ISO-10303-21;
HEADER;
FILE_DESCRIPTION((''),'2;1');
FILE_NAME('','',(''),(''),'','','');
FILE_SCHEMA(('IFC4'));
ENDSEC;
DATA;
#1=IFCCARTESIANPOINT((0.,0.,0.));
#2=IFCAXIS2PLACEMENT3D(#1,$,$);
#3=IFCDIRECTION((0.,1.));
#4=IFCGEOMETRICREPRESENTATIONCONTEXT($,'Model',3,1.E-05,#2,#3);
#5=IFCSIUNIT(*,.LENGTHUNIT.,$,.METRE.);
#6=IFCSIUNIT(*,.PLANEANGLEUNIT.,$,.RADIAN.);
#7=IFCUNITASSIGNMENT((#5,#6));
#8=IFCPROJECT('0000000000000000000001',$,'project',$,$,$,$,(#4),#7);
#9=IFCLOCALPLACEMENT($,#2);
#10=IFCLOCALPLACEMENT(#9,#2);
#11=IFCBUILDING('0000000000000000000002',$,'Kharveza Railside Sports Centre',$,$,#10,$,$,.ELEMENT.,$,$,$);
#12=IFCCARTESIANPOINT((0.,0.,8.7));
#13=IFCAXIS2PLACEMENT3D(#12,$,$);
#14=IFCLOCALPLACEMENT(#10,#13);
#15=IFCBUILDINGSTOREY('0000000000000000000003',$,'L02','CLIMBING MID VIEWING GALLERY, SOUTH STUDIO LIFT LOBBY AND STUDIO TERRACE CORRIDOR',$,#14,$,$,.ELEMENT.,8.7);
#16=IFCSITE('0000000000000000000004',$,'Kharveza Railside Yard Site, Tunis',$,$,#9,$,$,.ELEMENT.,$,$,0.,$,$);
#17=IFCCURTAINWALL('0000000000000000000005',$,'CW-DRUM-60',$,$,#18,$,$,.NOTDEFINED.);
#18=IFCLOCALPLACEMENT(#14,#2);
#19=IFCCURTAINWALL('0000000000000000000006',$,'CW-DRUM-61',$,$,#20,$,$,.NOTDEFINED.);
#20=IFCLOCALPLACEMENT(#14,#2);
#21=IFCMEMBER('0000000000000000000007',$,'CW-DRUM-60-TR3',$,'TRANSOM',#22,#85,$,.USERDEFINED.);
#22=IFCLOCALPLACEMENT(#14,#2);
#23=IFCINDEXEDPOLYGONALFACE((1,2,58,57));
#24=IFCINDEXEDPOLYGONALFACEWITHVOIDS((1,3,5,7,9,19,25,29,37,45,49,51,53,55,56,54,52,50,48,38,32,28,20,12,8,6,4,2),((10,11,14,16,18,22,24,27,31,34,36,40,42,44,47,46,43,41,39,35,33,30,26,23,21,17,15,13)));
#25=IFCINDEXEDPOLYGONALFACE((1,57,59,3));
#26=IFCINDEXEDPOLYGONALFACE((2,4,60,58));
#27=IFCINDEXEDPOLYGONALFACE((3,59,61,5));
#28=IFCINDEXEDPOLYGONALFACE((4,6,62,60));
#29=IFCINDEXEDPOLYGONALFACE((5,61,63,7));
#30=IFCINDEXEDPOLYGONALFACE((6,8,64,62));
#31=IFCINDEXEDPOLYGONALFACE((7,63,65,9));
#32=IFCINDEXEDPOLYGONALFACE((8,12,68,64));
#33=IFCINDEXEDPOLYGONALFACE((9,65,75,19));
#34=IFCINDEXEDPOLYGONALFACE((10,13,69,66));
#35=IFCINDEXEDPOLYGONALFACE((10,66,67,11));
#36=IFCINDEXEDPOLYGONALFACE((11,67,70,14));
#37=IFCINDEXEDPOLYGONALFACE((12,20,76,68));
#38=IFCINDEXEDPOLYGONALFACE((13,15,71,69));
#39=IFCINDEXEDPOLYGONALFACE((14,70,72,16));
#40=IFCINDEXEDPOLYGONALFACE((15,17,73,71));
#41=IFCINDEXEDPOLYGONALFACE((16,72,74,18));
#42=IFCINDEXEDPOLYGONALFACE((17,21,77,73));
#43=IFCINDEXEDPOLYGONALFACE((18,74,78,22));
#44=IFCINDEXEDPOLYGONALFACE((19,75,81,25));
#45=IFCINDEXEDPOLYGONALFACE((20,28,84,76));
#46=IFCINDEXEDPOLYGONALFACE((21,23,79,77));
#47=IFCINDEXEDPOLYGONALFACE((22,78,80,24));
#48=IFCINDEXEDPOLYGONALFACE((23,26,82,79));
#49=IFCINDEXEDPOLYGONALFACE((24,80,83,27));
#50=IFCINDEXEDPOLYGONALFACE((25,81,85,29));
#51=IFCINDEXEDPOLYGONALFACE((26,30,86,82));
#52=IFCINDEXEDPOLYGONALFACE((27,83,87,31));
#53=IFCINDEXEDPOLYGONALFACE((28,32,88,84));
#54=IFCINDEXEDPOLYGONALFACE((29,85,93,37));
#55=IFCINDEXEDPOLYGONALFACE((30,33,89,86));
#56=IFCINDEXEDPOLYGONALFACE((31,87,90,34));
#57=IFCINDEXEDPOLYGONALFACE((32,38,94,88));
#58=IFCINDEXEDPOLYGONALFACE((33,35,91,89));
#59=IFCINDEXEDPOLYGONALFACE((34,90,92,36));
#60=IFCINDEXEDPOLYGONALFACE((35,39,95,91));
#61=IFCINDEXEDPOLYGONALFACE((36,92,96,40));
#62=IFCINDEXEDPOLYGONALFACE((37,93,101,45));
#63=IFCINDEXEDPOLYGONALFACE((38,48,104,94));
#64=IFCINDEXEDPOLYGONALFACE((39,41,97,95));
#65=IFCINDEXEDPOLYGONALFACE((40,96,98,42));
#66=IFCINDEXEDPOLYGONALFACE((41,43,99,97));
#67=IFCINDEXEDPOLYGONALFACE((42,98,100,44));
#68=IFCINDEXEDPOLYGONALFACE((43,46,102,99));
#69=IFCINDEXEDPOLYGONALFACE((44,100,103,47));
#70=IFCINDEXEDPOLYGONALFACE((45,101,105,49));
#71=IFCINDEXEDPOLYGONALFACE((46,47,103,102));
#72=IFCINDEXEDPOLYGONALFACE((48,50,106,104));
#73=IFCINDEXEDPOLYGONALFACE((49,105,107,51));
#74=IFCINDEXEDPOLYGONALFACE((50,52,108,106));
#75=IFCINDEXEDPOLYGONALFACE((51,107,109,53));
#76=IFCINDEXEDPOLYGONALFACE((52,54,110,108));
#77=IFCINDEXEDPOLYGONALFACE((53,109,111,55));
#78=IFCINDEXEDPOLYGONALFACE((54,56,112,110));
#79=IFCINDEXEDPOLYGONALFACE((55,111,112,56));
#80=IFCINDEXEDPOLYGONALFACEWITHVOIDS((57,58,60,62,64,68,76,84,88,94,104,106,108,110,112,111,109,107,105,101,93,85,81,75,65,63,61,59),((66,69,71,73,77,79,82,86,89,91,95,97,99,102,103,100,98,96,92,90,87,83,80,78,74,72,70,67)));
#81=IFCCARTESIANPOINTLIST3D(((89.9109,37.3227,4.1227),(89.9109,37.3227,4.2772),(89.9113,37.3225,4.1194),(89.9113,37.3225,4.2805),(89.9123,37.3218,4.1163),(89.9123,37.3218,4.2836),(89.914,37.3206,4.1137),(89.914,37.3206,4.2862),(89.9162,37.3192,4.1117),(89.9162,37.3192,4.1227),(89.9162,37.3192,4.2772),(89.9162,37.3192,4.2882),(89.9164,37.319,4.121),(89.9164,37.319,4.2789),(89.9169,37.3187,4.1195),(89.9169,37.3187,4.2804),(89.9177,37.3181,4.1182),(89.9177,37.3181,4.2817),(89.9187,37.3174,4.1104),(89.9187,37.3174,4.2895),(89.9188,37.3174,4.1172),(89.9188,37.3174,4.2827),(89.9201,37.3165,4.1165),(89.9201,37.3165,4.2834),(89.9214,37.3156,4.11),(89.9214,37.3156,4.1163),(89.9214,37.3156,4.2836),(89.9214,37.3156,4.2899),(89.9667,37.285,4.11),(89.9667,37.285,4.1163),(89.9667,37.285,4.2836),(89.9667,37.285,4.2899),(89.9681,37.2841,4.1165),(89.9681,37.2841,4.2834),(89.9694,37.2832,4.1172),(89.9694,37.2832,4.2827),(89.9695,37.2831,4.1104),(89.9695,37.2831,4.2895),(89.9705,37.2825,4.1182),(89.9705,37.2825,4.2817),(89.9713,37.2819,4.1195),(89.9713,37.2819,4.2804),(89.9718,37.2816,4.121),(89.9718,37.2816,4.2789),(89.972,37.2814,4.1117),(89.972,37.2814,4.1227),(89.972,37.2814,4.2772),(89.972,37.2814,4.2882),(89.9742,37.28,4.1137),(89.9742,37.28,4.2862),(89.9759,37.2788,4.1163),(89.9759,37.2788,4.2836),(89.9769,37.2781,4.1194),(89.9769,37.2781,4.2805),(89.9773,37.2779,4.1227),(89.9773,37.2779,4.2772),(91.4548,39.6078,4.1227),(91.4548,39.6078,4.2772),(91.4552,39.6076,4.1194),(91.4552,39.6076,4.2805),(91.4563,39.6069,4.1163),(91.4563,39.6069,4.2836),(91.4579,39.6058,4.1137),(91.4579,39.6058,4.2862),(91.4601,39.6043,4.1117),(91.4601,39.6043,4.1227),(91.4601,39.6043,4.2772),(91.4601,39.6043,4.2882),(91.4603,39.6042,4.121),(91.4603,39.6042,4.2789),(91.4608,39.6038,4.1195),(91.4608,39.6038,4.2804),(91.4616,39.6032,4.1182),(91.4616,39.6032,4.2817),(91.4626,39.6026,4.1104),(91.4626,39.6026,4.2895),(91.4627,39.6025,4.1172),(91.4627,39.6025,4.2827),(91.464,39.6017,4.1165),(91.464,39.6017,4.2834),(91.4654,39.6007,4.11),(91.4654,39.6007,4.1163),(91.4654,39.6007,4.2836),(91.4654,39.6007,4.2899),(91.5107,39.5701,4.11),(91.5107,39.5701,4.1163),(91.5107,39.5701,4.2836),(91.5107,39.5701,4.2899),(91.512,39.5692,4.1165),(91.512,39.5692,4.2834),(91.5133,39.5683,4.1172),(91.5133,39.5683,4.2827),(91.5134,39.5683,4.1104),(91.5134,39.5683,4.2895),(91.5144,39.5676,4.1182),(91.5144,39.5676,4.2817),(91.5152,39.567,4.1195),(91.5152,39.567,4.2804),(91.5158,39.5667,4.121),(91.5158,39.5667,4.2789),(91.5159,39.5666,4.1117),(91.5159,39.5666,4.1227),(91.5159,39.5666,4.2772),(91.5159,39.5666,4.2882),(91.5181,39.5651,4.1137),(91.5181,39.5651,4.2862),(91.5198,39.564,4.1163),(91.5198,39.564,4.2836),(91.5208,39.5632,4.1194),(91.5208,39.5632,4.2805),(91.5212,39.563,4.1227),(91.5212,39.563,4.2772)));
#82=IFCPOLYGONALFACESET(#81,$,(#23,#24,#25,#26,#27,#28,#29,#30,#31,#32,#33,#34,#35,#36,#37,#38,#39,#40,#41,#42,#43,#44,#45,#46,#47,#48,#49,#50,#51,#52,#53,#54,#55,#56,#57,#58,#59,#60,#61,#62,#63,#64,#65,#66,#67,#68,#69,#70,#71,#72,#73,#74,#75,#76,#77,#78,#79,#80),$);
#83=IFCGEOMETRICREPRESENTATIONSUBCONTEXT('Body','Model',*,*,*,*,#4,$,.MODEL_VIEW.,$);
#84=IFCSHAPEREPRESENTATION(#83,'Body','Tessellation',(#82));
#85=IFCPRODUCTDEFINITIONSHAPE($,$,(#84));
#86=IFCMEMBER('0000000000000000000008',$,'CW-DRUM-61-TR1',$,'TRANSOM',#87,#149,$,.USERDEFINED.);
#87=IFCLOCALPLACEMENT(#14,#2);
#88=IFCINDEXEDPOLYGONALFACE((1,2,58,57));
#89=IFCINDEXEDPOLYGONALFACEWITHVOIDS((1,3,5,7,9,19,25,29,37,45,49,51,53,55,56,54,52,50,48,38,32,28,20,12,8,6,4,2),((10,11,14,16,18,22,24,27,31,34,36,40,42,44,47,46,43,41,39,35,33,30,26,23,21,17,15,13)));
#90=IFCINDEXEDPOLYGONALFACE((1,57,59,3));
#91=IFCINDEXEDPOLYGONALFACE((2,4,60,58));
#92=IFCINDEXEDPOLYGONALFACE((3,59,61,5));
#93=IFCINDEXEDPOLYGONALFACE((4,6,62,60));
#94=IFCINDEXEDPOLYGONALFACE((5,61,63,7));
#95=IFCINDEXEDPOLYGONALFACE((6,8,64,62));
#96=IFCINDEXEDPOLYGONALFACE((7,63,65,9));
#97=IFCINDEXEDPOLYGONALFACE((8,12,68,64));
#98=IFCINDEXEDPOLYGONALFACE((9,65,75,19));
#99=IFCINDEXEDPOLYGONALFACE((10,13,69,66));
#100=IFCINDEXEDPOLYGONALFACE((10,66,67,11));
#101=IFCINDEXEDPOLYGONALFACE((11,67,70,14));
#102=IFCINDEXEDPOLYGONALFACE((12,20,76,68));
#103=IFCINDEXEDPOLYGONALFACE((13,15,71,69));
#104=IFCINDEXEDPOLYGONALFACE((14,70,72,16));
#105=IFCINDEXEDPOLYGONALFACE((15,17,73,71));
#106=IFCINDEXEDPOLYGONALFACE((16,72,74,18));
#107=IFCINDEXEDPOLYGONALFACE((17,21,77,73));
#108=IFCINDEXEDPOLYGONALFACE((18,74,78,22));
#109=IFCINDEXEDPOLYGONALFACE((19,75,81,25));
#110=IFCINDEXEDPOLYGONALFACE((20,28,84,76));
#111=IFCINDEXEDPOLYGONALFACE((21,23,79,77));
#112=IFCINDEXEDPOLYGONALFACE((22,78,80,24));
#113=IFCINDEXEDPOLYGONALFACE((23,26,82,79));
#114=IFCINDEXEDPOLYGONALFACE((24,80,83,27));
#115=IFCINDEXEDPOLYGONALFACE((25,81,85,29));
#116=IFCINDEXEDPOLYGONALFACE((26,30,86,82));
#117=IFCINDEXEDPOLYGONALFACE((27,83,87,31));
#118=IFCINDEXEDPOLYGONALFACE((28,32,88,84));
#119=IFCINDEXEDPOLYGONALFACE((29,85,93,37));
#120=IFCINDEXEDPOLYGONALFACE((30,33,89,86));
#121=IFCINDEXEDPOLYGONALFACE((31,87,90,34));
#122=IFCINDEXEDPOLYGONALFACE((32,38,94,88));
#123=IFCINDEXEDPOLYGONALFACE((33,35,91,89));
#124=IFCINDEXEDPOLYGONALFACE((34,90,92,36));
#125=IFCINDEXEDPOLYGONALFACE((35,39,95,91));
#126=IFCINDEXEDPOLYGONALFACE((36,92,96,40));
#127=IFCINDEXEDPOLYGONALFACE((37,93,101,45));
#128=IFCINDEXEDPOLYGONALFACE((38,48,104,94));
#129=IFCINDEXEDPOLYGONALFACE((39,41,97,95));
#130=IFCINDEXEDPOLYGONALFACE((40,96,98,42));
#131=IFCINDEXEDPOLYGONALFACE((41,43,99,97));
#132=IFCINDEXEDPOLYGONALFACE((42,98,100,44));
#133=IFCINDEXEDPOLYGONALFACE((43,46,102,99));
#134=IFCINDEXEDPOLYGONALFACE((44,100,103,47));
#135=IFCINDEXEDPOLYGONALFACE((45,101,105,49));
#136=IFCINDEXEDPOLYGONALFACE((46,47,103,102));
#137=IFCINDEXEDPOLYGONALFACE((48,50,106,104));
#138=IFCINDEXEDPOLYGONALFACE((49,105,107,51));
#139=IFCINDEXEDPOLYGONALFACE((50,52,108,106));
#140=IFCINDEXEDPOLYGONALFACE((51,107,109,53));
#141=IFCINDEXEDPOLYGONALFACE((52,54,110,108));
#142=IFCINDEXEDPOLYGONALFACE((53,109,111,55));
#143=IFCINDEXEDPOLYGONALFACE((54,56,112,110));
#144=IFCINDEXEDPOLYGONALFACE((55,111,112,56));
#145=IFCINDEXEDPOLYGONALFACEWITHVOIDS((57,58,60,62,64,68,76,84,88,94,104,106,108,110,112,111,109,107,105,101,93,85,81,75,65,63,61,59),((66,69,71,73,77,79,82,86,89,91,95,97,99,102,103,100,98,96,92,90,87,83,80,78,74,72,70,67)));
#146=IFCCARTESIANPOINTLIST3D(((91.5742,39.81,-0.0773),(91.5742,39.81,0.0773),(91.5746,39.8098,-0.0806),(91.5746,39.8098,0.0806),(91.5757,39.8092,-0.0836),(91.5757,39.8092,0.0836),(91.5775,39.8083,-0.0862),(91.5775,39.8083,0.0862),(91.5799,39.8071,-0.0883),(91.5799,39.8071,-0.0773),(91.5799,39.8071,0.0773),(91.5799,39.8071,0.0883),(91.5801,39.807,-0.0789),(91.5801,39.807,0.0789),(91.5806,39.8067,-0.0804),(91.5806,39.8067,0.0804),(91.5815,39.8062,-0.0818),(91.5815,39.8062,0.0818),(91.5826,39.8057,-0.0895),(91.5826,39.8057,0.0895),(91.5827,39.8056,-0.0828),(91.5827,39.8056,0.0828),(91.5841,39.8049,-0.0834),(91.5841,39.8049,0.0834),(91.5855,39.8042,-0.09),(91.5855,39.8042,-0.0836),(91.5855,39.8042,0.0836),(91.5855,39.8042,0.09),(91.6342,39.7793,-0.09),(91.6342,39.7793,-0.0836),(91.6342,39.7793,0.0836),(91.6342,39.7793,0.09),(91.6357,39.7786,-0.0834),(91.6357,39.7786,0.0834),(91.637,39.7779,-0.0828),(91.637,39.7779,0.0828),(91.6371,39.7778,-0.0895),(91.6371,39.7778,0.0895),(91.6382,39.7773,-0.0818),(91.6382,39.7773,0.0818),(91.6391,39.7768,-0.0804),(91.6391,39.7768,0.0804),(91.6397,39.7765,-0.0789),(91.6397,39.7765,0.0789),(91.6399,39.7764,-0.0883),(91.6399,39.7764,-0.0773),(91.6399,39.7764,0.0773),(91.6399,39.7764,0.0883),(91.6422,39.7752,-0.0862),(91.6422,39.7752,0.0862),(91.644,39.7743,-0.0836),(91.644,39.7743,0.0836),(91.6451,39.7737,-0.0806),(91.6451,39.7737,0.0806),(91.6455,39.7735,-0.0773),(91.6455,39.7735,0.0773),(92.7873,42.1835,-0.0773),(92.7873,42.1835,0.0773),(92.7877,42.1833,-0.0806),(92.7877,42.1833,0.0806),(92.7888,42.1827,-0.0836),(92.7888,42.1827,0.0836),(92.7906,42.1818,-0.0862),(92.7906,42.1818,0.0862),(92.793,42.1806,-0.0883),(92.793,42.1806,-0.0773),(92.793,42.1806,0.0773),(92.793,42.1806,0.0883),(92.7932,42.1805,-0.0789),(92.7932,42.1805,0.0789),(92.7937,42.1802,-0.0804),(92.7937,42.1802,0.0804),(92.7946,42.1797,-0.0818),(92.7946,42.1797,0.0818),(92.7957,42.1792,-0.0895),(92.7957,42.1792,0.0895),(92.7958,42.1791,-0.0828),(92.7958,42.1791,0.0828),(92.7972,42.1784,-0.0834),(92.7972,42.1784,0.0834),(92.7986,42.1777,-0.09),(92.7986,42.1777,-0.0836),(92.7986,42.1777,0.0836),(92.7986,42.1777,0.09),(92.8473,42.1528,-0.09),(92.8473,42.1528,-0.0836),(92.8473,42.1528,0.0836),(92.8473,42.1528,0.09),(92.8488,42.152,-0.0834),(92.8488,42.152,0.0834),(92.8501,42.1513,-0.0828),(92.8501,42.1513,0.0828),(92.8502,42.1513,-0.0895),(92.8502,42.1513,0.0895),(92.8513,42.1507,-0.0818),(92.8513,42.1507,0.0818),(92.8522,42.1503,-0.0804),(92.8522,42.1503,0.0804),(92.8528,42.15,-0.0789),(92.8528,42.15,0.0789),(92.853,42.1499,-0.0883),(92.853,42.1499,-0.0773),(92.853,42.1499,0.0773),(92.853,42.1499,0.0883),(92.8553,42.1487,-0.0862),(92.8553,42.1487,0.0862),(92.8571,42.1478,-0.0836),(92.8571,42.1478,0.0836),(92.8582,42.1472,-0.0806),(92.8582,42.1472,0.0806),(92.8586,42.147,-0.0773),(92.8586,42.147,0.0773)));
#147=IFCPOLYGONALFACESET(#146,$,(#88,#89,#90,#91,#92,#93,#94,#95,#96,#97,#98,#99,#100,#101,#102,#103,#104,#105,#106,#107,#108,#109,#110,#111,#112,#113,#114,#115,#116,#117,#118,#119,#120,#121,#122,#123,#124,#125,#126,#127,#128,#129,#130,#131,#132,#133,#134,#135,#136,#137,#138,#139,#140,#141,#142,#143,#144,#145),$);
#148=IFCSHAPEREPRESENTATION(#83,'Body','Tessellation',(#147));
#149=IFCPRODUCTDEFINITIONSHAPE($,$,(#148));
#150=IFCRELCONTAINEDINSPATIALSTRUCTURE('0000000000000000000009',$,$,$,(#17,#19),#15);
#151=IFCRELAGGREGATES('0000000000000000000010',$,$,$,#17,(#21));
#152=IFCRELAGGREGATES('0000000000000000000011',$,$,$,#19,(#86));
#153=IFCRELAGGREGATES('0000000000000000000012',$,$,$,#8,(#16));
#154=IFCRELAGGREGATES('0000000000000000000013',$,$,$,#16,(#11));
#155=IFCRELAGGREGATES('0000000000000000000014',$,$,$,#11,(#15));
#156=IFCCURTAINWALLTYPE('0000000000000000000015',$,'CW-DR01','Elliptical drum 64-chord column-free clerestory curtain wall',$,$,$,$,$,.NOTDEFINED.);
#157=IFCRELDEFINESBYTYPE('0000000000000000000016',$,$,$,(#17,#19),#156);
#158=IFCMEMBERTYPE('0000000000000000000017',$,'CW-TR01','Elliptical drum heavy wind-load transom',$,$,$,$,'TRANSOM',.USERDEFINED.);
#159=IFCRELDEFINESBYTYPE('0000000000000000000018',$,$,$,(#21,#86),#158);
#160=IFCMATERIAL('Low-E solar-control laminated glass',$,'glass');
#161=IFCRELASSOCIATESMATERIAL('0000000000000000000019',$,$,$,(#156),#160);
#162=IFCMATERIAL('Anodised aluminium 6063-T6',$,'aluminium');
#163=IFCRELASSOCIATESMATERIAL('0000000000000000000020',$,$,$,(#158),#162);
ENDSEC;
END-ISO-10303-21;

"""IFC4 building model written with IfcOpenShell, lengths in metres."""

from ifc_helpers import new_model, si_unit, direction, frame, origin, origin_2d, place, context, subcontext, project, spatial, hollow_rectangle, extrude, material, material_profile, profile_set, type_object, element, aggregate, save


model = new_model("IFC4")

# Units and contexts
model_context = context("Model", 3, precision=1e-05, world=origin(), true_north=direction((0.0, 1.0)))
body_context = subcontext(model_context, "Body", "Model", "MODEL_VIEW")
ifc_project = project(units=[si_unit("LENGTHUNIT", "METRE"), si_unit("PLANEANGLEUNIT", "RADIAN")], contexts=[model_context])

# Site, building, storey
site_placement = place(None, origin())
site = spatial("IfcSite", under=ifc_project, at=site_placement, Name="Kharveza Railside Yard Site, Tunis", CompositionType="ELEMENT", RefElevation=0.0)
building_placement = place(site_placement, origin())
building = spatial("IfcBuilding", under=site, at=building_placement, Name="Kharveza Railside Sports Centre", CompositionType="ELEMENT")
storey_placement = place(building_placement, frame((0.0, 0.0, 8.7)))
storey = spatial("IfcBuildingStorey", under=building, at=storey_placement, Name="L02", Description="CLIMBING MID VIEWING GALLERY, SOUTH STUDIO LIFT LOBBY AND STUDIO TERRACE CORRIDOR", CompositionType="ELEMENT", Elevation=8.7)

# Curtain wall
ifc_material_1 = material(Name="Low-E solar-control laminated glass", Category="glass")
curtain_wall_type = type_object("IfcCurtainWallType", Name="CW-DR01", Description="Elliptical drum 64-chord column-free clerestory curtain wall", PredefinedType="NOTDEFINED", material=ifc_material_1)
ifc_material_2 = material(Name="Anodised aluminium 6063-T6", Category="aluminium")
curtain_wall_1_placement = place(storey_placement, origin())
curtain_wall_1 = element("IfcCurtainWall", 1, at=curtain_wall_1_placement, inside=storey, type_object=curtain_wall_type, Name="CW-DRUM-60", PredefinedType="NOTDEFINED")

# Curtain wall
curtain_wall_2_placement = place(storey_placement, origin())
curtain_wall_2 = element("IfcCurtainWall", 2, at=curtain_wall_2_placement, inside=storey, type_object=curtain_wall_type, Name="CW-DRUM-61", PredefinedType="NOTDEFINED")

# Members
ifc_material_profile_1 = material_profile(ifc_material_2, hollow_rectangle(XDim=0.0801, YDim=0.1799, WallThickness=0.0063, InnerFilletRadius=0.0063, OuterFilletRadius=0.0127, at=origin_2d()), Name="RHS 80x180x6.3")
ifc_profile_set_1 = profile_set([ifc_material_profile_1], Name="Anodised aluminium 6063-T6")
member_type_1 = type_object("IfcMemberType", Name="CW-TR01", Description="Elliptical drum heavy wind-load transom", ElementType="TRANSOM", PredefinedType="USERDEFINED", material=ifc_profile_set_1)
member_1_placement = place(storey_placement, frame((89.9441, 37.3003, 4.2), z_axis=(0.559838, 0.828602, 0.0), x_axis=(-0.828602, 0.559838, 0.0)))
member_1 = element("IfcMember", 3, at=member_1_placement, type_object=member_type_1, Name="CW-DRUM-60-TR3", ObjectType="TRANSOM", PredefinedType="USERDEFINED", context=body_context, shape_type="SweptSolid", body=[
    extrude(hollow_rectangle(XDim=0.0801, YDim=0.1799, WallThickness=0.0063, InnerFilletRadius=0.0063, OuterFilletRadius=0.0127, at=origin_2d()), origin(), (0.0, 0.0, 1.0), 2.7578),
])
member_2_placement = place(storey_placement, frame((91.6099, 39.7917, 0.0), z_axis=(0.455109, 0.890436, 0.0), x_axis=(-0.890436, 0.455109, 0.0)))
member_2 = element("IfcMember", 4, at=member_2_placement, type_object=member_type_1, Name="CW-DRUM-61-TR1", ObjectType="TRANSOM", PredefinedType="USERDEFINED", context=body_context, shape_type="SweptSolid", body=[
    extrude(hollow_rectangle(XDim=0.0801, YDim=0.1799, WallThickness=0.0063, InnerFilletRadius=0.0063, OuterFilletRadius=0.0127, at=origin_2d()), origin(), (0.0, 0.0, 1.0), 2.6655),
])

aggregate(curtain_wall_1, [member_1])
aggregate(curtain_wall_2, [member_2])

save(model, "model.ifc")
